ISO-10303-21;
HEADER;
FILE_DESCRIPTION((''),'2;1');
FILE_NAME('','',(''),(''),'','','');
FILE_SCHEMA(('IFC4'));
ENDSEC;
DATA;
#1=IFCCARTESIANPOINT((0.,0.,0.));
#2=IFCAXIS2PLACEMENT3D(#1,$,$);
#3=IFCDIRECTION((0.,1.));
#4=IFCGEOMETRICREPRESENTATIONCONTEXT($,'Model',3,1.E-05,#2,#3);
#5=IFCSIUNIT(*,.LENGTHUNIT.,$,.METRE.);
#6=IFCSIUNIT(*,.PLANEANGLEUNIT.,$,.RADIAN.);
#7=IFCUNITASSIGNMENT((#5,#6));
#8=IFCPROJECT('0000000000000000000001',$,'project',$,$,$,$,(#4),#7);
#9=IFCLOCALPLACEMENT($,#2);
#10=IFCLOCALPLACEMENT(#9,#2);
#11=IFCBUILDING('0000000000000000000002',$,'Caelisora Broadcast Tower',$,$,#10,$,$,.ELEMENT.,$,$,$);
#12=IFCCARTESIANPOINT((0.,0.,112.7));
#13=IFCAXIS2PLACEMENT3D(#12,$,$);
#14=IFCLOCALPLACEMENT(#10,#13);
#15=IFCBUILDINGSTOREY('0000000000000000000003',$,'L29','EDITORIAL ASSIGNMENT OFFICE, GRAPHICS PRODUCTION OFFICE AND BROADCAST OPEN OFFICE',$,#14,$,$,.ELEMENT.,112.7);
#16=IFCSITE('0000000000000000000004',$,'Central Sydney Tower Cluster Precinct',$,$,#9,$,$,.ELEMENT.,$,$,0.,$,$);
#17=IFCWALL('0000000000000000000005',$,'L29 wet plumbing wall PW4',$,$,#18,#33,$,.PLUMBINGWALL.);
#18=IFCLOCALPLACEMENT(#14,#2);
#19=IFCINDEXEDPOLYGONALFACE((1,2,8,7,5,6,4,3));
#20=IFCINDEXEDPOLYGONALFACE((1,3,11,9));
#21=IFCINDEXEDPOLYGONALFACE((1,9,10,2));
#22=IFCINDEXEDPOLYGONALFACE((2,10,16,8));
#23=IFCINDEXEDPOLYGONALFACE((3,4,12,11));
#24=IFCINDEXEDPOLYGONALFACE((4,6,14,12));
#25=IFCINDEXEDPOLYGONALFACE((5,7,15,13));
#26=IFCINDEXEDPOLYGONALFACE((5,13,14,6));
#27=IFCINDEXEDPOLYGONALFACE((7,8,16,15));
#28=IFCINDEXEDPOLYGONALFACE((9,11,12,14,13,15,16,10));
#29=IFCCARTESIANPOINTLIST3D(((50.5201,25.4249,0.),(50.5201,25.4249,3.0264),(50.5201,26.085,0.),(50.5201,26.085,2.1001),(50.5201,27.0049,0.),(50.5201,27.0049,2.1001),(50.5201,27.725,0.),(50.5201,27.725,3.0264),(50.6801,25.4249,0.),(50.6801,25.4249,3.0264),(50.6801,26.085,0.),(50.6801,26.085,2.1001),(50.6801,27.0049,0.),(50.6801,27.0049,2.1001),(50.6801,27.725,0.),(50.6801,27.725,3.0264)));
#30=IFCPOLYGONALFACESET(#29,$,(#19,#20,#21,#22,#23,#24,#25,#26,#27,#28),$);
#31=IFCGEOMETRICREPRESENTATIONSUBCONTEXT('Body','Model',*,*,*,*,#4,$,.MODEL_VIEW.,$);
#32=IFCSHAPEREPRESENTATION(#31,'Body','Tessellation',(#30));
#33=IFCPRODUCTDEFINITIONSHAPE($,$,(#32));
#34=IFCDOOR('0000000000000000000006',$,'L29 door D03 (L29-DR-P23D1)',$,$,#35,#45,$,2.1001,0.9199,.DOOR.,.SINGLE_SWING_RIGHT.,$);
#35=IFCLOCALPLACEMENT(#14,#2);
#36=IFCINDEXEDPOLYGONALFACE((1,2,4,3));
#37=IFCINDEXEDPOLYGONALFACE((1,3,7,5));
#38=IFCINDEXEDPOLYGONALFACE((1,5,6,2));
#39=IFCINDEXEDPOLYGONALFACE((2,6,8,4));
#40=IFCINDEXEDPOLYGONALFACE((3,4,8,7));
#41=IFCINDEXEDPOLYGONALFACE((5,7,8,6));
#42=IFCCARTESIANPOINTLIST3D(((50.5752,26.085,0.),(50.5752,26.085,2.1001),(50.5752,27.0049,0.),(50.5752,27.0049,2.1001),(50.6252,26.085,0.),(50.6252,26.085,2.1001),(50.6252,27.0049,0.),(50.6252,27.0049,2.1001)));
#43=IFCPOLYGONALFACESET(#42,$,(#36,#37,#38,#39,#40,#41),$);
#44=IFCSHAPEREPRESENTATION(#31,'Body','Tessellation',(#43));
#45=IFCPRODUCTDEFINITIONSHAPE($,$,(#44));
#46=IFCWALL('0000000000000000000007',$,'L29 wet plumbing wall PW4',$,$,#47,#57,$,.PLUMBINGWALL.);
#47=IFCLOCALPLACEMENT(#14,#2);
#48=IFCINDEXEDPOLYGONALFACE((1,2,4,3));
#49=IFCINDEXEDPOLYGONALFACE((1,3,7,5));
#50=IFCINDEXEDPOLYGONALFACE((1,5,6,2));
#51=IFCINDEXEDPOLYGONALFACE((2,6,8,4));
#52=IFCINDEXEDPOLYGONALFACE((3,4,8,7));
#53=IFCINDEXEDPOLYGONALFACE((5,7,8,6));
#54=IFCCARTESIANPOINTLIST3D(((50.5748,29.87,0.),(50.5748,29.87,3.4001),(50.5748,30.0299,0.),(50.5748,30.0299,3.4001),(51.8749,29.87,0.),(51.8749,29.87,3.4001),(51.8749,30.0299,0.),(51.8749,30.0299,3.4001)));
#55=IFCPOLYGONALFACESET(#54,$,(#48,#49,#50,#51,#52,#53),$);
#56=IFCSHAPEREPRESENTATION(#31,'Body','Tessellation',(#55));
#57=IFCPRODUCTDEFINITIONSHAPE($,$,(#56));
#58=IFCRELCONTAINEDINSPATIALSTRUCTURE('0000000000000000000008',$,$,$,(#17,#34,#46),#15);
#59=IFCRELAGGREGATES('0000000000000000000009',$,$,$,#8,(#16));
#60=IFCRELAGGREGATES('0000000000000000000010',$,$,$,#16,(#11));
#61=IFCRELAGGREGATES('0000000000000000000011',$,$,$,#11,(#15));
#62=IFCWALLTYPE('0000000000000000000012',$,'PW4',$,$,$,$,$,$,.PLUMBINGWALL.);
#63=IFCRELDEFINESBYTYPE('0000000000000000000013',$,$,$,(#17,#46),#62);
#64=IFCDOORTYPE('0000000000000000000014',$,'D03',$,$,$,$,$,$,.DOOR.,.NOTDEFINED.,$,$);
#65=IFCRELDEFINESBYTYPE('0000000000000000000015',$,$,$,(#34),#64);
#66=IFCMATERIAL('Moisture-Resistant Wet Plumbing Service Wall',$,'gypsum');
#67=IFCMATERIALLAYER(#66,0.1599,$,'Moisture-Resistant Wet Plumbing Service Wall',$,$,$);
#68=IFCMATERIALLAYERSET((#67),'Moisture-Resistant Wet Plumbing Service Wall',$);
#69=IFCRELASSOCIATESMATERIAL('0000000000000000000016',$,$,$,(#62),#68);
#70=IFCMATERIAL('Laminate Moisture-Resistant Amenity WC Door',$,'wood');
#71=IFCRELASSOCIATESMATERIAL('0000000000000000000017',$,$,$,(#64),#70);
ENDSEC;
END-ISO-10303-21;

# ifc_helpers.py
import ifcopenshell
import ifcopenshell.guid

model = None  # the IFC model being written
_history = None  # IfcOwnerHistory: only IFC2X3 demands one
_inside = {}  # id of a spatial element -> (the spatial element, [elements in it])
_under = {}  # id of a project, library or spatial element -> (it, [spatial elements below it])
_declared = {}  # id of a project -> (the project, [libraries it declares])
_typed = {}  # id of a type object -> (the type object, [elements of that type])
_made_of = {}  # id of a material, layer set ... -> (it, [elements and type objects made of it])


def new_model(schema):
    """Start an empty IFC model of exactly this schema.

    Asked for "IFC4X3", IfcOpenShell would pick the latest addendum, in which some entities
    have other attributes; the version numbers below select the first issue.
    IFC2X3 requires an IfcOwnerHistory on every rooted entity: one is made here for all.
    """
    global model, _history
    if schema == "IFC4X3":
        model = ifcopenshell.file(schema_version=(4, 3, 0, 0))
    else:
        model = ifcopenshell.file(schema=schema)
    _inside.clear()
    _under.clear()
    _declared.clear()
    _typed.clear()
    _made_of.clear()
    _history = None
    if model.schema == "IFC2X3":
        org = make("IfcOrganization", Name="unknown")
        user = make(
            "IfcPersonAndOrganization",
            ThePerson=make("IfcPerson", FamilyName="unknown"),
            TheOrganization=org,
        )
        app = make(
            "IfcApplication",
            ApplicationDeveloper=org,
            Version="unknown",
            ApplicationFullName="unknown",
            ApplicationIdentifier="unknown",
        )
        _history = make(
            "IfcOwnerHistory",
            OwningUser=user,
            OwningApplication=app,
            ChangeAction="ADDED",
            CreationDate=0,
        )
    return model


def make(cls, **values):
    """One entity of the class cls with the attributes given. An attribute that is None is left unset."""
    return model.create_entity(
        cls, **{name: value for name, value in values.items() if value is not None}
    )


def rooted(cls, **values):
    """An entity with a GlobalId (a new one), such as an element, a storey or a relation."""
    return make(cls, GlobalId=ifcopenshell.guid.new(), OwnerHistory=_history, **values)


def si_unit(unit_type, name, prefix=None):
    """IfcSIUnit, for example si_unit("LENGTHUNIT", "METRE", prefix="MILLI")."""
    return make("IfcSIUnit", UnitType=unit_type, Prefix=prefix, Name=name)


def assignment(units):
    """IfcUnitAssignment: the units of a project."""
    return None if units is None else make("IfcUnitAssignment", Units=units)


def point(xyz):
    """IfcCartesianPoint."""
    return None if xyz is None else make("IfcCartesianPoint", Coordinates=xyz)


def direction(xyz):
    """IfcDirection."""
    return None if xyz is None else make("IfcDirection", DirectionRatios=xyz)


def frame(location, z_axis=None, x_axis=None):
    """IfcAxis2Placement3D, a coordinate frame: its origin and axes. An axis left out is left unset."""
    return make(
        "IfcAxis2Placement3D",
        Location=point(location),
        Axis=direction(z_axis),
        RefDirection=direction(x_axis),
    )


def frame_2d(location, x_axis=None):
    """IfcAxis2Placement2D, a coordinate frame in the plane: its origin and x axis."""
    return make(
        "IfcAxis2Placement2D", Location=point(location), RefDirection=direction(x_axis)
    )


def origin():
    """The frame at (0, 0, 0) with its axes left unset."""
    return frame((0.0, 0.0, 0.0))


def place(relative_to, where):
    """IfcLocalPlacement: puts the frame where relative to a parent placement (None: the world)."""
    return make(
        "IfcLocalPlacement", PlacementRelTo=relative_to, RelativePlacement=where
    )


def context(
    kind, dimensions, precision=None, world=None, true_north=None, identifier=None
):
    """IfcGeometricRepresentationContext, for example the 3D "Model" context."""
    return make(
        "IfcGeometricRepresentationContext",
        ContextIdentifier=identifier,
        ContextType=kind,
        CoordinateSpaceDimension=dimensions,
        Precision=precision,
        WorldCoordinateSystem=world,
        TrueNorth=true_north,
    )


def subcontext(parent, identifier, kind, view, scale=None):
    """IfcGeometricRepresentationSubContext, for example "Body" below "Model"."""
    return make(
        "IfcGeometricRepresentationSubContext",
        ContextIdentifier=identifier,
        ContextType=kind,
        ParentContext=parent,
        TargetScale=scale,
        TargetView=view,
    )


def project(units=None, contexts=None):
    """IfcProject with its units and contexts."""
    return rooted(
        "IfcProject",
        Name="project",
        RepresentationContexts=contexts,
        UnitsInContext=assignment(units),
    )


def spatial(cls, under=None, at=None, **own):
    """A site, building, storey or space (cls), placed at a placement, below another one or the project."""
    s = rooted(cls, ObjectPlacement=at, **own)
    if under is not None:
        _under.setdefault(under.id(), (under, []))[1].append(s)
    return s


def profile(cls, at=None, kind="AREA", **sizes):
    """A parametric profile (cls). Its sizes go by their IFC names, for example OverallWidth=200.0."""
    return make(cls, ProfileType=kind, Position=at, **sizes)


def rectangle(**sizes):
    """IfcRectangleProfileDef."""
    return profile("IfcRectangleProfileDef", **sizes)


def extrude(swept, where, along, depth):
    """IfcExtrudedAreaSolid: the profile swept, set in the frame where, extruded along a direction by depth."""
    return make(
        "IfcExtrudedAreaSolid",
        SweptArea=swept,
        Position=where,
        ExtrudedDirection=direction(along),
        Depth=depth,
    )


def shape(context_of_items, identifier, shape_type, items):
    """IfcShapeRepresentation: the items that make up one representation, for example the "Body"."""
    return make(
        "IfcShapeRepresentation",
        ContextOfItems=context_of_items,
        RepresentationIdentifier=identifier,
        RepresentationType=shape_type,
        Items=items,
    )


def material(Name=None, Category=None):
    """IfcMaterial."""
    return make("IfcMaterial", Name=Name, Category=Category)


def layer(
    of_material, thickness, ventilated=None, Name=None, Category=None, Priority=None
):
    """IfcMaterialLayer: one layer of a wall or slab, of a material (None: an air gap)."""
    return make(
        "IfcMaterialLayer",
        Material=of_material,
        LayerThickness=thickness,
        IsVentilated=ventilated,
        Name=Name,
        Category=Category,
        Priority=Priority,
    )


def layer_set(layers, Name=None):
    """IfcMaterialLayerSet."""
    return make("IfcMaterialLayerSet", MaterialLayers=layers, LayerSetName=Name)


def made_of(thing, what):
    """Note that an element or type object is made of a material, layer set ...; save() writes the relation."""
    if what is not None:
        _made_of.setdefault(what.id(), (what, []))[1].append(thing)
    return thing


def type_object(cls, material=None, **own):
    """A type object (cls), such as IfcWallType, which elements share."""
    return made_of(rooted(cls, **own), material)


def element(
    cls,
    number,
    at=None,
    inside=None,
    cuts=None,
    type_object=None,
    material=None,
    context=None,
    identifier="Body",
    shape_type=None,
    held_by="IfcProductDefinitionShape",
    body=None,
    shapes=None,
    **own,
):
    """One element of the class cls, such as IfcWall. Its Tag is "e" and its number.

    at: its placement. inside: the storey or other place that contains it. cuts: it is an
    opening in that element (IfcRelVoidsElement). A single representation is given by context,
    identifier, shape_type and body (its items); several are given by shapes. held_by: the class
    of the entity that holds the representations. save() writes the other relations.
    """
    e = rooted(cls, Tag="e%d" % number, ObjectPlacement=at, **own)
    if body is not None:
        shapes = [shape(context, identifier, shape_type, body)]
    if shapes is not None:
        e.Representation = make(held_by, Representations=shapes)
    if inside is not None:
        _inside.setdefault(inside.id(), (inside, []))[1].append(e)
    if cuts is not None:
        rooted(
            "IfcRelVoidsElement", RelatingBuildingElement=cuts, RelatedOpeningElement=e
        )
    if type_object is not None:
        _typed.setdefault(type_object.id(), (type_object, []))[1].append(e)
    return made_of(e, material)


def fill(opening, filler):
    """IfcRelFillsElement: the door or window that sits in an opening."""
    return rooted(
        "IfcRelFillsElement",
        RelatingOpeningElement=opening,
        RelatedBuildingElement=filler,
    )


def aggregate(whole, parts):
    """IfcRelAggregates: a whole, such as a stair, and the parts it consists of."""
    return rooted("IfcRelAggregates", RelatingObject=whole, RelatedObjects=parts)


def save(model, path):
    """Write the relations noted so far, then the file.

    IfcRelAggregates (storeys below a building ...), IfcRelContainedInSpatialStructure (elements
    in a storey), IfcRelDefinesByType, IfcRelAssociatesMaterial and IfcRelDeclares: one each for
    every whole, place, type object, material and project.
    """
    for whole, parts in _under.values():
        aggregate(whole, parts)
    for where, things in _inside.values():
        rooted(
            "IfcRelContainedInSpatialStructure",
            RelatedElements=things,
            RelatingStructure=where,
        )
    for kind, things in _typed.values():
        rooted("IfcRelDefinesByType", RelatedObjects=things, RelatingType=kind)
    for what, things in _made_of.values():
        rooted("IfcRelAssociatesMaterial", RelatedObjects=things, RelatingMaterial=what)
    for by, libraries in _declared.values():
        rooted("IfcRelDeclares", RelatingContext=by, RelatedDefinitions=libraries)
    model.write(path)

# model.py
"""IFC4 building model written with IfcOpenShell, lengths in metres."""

from ifc_helpers import new_model, si_unit, direction, frame, frame_2d, origin, place, context, subcontext, project, spatial, rectangle, extrude, material, layer, layer_set, type_object, element, fill, save


model = new_model("IFC4")

# Units and contexts
model_context = context("Model", 3, precision=1e-05, world=origin(), true_north=direction((0.0, 1.0)))
body_context = subcontext(model_context, "Body", "Model", "MODEL_VIEW")
ifc_project = project(units=[si_unit("LENGTHUNIT", "METRE"), si_unit("PLANEANGLEUNIT", "RADIAN")], contexts=[model_context])

# Site, building, storey
site_placement = place(None, origin())
site = spatial("IfcSite", under=ifc_project, at=site_placement, Name="Central Sydney Tower Cluster Precinct", CompositionType="ELEMENT", RefElevation=0.0)
building_placement = place(site_placement, origin())
building = spatial("IfcBuilding", under=site, at=building_placement, Name="Caelisora Broadcast Tower", CompositionType="ELEMENT")
storey_placement = place(building_placement, frame((0.0, 0.0, 112.7)))
storey = spatial("IfcBuildingStorey", under=building, at=storey_placement, Name="L29", Description="EDITORIAL ASSIGNMENT OFFICE, GRAPHICS PRODUCTION OFFICE AND BROADCAST OPEN OFFICE", CompositionType="ELEMENT", Elevation=112.7)

# Shared definitions
ifc_material_1 = material(Name="Moisture-Resistant Wet Plumbing Service Wall", Category="gypsum")
ifc_layer_1 = layer(ifc_material_1, 0.1599, Name="Moisture-Resistant Wet Plumbing Service Wall")
ifc_layer_set_1 = layer_set([ifc_layer_1], Name="Moisture-Resistant Wet Plumbing Service Wall")
wall_type_1 = type_object("IfcWallType", Name="PW4", PredefinedType="PLUMBINGWALL", material=ifc_layer_set_1)

# Wall, opening, door
wall_1_placement = place(storey_placement, frame((50.6001, 25.425, 0.0), z_axis=(0.0, 0.0, 1.0), x_axis=(0.0, 1.0, 0.0)))
wall_1 = element("IfcWall", 1, at=wall_1_placement, inside=storey, type_object=wall_type_1, Name="L29 wet plumbing wall PW4", PredefinedType="PLUMBINGWALL", context=body_context, shape_type="SweptSolid", body=[
    extrude(rectangle(XDim=2.3, YDim=0.1599, at=frame_2d((1.1499, 0.0))), origin(), (0.0, 0.0, 1.0), 3.0264),
])
opening_1_placement = place(wall_1_placement, frame((0.6599, 0.0, 0.0)))
opening_1 = element("IfcOpeningElement", 2, at=opening_1_placement, cuts=wall_1, PredefinedType="OPENING", context=body_context, shape_type="SweptSolid", body=[
    extrude(rectangle(XDim=0.9199, YDim=2.1001, at=frame_2d((0.46, 1.05))), frame((0.0, 0.092, 0.0), z_axis=(0.0, -1.0, 0.0), x_axis=(1.0, 0.0, 0.0)), (0.0, 0.0, 1.0), 0.1838),
])
ifc_material_2 = material(Name="Laminate Moisture-Resistant Amenity WC Door", Category="wood")
door_type_1 = type_object("IfcDoorType", Name="D03", OperationType="NOTDEFINED", PredefinedType="DOOR", material=ifc_material_2)
door_1_placement = place(opening_1_placement, origin())
door_1 = element("IfcDoor", 3, at=door_1_placement, inside=storey, type_object=door_type_1, Name="L29 door D03 (L29-DR-P23D1)", OperationType="SINGLE_SWING_RIGHT", OverallHeight=2.1001, OverallWidth=0.9199, PredefinedType="DOOR", context=body_context, shape_type="SweptSolid", body=[
    extrude(rectangle(XDim=0.9199, YDim=2.1001, at=frame_2d((0.46, 1.05))), frame((0.0, 0.0249, 0.0), z_axis=(0.0, -1.0, 0.0), x_axis=(1.0, 0.0, 0.0)), (0.0, 0.0, 1.0), 0.05),
])
fill(opening_1, door_1)

# Wall
wall_2_placement = place(storey_placement, frame((50.575, 29.95, 0.0), z_axis=(0.0, 0.0, 1.0), x_axis=(1.0, 0.0, 0.0)))
element("IfcWall", 4, at=wall_2_placement, inside=storey, type_object=wall_type_1, Name="L29 wet plumbing wall PW4", PredefinedType="PLUMBINGWALL", context=body_context, shape_type="SweptSolid", body=[
    extrude(rectangle(XDim=1.3, YDim=0.1599, at=frame_2d((0.6499, 0.0))), origin(), (0.0, 0.0, 1.0), 3.4001),
])

save(model, "model.ifc")
